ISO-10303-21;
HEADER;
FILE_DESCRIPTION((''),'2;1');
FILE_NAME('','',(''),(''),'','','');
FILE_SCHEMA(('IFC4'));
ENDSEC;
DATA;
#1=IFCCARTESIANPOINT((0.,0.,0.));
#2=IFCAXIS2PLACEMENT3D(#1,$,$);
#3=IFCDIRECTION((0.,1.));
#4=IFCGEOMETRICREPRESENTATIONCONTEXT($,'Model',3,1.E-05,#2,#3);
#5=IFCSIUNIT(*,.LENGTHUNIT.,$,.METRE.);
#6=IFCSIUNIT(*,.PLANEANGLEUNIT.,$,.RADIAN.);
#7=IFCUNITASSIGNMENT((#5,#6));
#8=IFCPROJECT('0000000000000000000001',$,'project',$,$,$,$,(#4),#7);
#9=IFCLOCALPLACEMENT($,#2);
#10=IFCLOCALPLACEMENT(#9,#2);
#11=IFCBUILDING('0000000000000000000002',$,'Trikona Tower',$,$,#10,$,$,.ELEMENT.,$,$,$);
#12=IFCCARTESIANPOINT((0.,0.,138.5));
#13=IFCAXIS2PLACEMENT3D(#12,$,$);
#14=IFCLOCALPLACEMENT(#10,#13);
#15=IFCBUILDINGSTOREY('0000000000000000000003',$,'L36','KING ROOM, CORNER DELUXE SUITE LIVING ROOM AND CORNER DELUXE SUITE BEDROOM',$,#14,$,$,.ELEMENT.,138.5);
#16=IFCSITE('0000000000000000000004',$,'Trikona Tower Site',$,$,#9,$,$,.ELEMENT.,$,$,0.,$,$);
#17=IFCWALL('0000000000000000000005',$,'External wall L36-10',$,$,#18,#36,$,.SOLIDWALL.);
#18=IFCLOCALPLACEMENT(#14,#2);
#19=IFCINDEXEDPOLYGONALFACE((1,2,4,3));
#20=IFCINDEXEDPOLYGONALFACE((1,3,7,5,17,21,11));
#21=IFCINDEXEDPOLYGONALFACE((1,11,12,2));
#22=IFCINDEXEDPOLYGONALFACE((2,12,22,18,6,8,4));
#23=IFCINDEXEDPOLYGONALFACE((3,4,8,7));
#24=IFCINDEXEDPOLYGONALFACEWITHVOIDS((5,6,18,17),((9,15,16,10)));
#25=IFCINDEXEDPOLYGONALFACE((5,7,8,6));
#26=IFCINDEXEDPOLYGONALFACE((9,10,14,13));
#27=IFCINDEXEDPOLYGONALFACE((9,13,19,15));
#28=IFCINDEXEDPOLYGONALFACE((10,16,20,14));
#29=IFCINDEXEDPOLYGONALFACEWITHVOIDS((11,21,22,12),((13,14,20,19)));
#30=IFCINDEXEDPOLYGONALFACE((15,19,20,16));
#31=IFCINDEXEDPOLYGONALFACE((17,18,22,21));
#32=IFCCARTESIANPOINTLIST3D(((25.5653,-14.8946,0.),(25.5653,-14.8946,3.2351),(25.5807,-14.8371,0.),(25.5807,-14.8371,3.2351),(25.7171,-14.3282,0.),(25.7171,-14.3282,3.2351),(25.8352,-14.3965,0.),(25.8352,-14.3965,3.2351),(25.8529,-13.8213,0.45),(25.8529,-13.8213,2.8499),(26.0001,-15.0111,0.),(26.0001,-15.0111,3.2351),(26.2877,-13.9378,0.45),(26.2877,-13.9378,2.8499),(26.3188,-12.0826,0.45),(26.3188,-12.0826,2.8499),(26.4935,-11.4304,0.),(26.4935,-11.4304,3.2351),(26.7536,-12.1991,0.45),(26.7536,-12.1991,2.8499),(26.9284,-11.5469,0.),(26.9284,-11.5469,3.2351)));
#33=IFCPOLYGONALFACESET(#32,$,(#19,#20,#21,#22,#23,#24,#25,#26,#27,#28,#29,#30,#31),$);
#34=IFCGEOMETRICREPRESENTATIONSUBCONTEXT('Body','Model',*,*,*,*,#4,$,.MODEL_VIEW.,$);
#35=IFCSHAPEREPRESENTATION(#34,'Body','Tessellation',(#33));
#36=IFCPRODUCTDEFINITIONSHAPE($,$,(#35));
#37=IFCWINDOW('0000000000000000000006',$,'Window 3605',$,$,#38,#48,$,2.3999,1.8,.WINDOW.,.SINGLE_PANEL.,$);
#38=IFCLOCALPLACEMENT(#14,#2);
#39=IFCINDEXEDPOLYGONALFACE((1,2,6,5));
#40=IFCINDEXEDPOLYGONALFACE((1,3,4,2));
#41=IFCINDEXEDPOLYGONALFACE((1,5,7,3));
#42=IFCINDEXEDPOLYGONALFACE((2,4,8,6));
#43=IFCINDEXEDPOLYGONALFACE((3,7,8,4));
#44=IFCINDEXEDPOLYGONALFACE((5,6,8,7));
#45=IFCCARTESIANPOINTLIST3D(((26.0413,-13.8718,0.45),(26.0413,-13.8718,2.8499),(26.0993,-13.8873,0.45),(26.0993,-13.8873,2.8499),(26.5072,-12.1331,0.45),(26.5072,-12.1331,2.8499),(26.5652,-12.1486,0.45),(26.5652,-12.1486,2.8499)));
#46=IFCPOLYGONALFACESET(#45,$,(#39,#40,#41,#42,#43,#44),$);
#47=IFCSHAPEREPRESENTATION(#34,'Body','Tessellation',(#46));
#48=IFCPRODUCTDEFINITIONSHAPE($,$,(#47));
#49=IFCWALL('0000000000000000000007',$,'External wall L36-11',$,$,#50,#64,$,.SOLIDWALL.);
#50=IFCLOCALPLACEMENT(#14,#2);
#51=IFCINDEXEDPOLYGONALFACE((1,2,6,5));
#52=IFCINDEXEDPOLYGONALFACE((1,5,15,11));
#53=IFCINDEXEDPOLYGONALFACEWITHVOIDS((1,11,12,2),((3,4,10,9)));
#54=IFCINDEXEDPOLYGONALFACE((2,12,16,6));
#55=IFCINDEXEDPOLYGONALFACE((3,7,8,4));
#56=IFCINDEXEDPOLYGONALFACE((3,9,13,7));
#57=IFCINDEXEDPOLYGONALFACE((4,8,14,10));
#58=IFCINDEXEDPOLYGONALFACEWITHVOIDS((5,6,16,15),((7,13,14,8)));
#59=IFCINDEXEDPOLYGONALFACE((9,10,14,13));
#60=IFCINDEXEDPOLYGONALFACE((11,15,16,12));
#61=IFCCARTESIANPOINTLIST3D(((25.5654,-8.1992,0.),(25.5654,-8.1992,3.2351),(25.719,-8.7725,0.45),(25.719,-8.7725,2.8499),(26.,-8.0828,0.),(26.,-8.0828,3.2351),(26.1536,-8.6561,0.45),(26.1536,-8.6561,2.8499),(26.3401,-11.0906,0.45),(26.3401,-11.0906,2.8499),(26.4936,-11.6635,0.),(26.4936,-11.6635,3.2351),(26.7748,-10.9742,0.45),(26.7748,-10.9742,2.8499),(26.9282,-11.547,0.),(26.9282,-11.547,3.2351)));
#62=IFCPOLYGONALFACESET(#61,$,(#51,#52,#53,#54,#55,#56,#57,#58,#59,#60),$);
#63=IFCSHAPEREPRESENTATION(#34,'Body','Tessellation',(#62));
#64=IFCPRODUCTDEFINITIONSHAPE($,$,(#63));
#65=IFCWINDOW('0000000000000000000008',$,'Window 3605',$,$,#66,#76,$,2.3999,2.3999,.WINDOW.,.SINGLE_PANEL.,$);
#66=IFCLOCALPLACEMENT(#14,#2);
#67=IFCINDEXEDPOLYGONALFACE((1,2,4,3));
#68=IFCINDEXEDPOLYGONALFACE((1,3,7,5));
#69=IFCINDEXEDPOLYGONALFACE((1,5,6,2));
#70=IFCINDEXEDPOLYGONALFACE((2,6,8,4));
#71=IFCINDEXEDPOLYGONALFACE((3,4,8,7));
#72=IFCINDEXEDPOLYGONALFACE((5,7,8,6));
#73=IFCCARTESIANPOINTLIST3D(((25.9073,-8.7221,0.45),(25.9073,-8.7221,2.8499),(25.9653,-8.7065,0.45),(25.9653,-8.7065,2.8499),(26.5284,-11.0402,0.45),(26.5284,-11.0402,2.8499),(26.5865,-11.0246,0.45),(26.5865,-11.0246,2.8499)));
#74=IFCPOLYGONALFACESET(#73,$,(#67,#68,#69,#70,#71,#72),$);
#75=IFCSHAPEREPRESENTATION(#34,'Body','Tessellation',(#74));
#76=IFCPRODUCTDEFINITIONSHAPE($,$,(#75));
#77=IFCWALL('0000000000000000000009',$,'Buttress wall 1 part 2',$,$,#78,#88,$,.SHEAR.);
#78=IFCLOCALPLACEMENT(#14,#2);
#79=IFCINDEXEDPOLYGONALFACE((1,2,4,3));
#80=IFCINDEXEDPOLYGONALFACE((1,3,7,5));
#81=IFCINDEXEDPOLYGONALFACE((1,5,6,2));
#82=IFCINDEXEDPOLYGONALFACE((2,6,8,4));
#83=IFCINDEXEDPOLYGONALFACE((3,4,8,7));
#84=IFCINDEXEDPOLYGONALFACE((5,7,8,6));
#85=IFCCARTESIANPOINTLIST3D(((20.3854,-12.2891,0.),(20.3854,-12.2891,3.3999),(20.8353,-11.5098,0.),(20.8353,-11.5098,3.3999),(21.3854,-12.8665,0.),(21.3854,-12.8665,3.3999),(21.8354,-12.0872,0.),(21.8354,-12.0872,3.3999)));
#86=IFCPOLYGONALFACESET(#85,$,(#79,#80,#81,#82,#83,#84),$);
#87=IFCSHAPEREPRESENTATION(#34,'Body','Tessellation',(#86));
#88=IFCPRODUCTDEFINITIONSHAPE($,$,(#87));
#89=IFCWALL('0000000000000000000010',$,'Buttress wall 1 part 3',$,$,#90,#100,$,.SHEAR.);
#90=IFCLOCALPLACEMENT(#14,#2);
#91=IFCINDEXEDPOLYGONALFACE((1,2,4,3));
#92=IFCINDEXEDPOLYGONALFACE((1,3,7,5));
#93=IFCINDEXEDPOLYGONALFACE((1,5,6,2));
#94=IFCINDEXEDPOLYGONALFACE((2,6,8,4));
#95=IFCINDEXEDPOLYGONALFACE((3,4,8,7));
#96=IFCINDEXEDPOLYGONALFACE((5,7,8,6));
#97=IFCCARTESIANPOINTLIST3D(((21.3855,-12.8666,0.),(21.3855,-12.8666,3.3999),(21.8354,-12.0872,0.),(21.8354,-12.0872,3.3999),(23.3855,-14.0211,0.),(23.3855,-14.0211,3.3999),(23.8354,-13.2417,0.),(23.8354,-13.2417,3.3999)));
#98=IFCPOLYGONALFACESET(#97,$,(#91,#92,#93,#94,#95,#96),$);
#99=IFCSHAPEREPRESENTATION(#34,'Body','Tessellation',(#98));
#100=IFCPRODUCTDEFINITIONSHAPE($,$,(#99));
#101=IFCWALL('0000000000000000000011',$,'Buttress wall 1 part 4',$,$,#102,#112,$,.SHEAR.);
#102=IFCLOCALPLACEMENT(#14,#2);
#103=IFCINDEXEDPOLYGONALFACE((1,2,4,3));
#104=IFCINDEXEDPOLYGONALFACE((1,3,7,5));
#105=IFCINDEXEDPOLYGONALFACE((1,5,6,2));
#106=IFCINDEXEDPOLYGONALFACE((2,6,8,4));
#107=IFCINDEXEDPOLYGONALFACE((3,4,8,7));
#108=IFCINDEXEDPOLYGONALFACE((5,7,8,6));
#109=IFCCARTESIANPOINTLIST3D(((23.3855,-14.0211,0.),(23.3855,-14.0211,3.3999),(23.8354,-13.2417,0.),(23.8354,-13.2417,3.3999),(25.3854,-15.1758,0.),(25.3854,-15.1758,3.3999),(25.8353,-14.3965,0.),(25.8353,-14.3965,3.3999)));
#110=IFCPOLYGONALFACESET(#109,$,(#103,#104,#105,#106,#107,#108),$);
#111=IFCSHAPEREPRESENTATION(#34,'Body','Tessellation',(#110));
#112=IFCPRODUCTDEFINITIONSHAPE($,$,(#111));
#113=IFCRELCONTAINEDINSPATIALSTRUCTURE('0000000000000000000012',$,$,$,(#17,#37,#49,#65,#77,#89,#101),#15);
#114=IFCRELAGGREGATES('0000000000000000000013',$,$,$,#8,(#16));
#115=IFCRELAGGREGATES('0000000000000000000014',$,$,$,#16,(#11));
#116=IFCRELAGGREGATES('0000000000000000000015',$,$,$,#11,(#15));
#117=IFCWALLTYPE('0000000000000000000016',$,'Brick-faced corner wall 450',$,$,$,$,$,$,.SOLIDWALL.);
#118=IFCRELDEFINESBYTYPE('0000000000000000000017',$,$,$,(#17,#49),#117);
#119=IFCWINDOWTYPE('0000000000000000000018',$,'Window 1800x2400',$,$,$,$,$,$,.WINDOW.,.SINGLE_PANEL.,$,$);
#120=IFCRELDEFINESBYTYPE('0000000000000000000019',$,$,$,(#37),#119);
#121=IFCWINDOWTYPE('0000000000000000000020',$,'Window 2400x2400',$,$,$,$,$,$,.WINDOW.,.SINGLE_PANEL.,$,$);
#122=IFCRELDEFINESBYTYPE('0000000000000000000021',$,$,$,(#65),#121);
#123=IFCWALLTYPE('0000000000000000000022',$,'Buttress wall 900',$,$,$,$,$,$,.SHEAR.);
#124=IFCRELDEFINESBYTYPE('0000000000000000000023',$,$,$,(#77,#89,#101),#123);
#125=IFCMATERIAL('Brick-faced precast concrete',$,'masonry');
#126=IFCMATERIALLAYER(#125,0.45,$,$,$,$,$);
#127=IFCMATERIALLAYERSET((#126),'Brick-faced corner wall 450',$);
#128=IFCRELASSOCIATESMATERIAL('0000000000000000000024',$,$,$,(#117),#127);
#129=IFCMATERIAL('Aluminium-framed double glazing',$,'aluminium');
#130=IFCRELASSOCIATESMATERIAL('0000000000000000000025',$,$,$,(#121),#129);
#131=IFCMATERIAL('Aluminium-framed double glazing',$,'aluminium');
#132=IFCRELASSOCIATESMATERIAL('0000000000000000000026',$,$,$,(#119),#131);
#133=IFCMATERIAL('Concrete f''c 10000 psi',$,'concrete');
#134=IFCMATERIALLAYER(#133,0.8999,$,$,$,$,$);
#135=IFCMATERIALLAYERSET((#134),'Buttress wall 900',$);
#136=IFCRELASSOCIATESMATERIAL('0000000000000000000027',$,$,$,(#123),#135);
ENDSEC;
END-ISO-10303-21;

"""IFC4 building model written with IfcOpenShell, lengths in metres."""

from ifc_helpers import new_model, si_unit, direction, frame, frame_2d, origin, place, context, subcontext, project, spatial, polyline, rectangle, outline, extrude, material, layer, layer_set, type_object, element, fill, save


model = new_model("IFC4")

# Units and contexts
model_context = context("Model", 3, precision=1e-05, world=origin(), true_north=direction((0.0, 1.0)))
body_context = subcontext(model_context, "Body", "Model", "MODEL_VIEW")
ifc_project = project(units=[si_unit("LENGTHUNIT", "METRE"), si_unit("PLANEANGLEUNIT", "RADIAN")], contexts=[model_context])

# Site, building, storey
site_placement = place(None, origin())
site = spatial("IfcSite", under=ifc_project, at=site_placement, Name="Trikona Tower Site", CompositionType="ELEMENT", RefElevation=0.0)
building_placement = place(site_placement, origin())
building = spatial("IfcBuilding", under=site, at=building_placement, Name="Trikona Tower", CompositionType="ELEMENT")
storey_placement = place(building_placement, frame((0.0, 0.0, 138.5)))
storey = spatial("IfcBuildingStorey", under=building, at=storey_placement, Name="L36", Description="KING ROOM, CORNER DELUXE SUITE LIVING ROOM AND CORNER DELUXE SUITE BEDROOM", CompositionType="ELEMENT", Elevation=138.5)

# Walls, openings, windows
ifc_material_1 = material(Name="Brick-faced precast concrete", Category="masonry")
ifc_layer_1 = layer(ifc_material_1, 0.45)
ifc_layer_set_1 = layer_set([ifc_layer_1], Name="Brick-faced corner wall 450")
wall_type_1 = type_object("IfcWallType", Name="Brick-faced corner wall 450", PredefinedType="SOLIDWALL", material=ifc_layer_set_1)
ifc_material_2 = material(Name="Aluminium-framed double glazing", Category="aluminium")
window_type_1 = type_object("IfcWindowType", Name="Window 2400x2400", PartitioningType="SINGLE_PANEL", PredefinedType="WINDOW", material=ifc_material_2)
ifc_material_3 = material(Name="Aluminium-framed double glazing", Category="aluminium")
window_type_2 = type_object("IfcWindowType", Name="Window 1800x2400", PartitioningType="SINGLE_PANEL", PredefinedType="WINDOW", material=ifc_material_3)
wall_1_placement = place(storey_placement, frame((25.7827, -14.9529, 0.0), z_axis=(0.0, 0.0, 1.0), x_axis=(0.258823, 0.965925, 0.0)))
wall_1 = element("IfcWall", 1, at=wall_1_placement, inside=storey, type_object=wall_type_1, Name="External wall L36-10", PredefinedType="SOLIDWALL", context=body_context, shape_type="SweptSolid", body=[
    extrude(outline(polyline([(3.5864, 0.2251), (0.5864, 0.2251), (0.551, 0.0933), (0.0596, 0.2251), (0.0, 0.2251), (0.0, -0.2251), (3.5864, -0.2251), (3.5864, 0.2251)])), origin(), (0.0, 0.0, 1.0), 3.2351),
])
opening_1_placement = place(wall_1_placement, frame((1.1113, 0.0, 0.45)))
opening_1 = element("IfcOpeningElement", 2, at=opening_1_placement, cuts=wall_1, PredefinedType="OPENING", context=body_context, shape_type="SweptSolid", body=[
    extrude(rectangle(XDim=1.8, YDim=2.3999, at=frame_2d((0.8999, 1.2))), frame((0.0, 0.2349, 0.0), z_axis=(0.0, -1.0, 0.0), x_axis=(1.0, 0.0, 0.0)), (0.0, 0.0, 1.0), 0.47),
])
window_1_placement = place(opening_1_placement, origin())
window_1 = element("IfcWindow", 3, at=window_1_placement, inside=storey, type_object=window_type_2, Name="Window 3605", OverallHeight=2.3999, OverallWidth=1.8, PartitioningType="SINGLE_PANEL", PredefinedType="WINDOW", context=body_context, shape_type="SweptSolid", body=[
    extrude(rectangle(XDim=1.8, YDim=2.3999, at=frame_2d((0.8999, 1.2))), frame((0.0, 0.03, 0.0), z_axis=(0.0, -1.0, 0.0), x_axis=(1.0, 0.0, 0.0)), (0.0, 0.0, 1.0), 0.0601),
])
fill(opening_1, window_1)
wall_2_placement = place(storey_placement, frame((26.7109, -11.6052, 0.0), z_axis=(0.0, 0.0, 1.0), x_axis=(-0.258823, 0.965925, 0.0)))
wall_2 = element("IfcWall", 4, at=wall_2_placement, inside=storey, type_object=wall_type_1, Name="External wall L36-11", PredefinedType="SOLIDWALL", context=body_context, shape_type="SweptSolid", body=[
    extrude(rectangle(XDim=3.5864, YDim=0.45, at=frame_2d((1.7932, 0.0))), origin(), (0.0, 0.0, 1.0), 3.2351),
])
opening_2_placement = place(wall_2_placement, frame((0.593, 0.0, 0.45)))
opening_2 = element("IfcOpeningElement", 5, at=opening_2_placement, cuts=wall_2, PredefinedType="OPENING", context=body_context, shape_type="SweptSolid", body=[
    extrude(rectangle(XDim=2.3999, YDim=2.3999, at=frame_2d((1.2, 1.2))), frame((0.0, 0.2349, 0.0), z_axis=(0.0, -1.0, 0.0), x_axis=(1.0, 0.0, 0.0)), (0.0, 0.0, 1.0), 0.47),
])
window_2_placement = place(opening_2_placement, origin())
window_2 = element("IfcWindow", 6, at=window_2_placement, inside=storey, type_object=window_type_1, Name="Window 3605", OverallHeight=2.3999, OverallWidth=2.3999, PartitioningType="SINGLE_PANEL", PredefinedType="WINDOW", context=body_context, shape_type="SweptSolid", body=[
    extrude(rectangle(XDim=2.3999, YDim=2.3999, at=frame_2d((1.2, 1.2))), frame((0.0, 0.03, 0.0), z_axis=(0.0, -1.0, 0.0), x_axis=(1.0, 0.0, 0.0)), (0.0, 0.0, 1.0), 0.0601),
])
fill(opening_2, window_2)

# Walls
ifc_material_4 = material(Name="Concrete f'c 10000 psi", Category="concrete")
ifc_layer_2 = layer(ifc_material_4, 0.8999)
ifc_layer_set_2 = layer_set([ifc_layer_2], Name="Buttress wall 900")
wall_type_2 = type_object("IfcWallType", Name="Buttress wall 900", PredefinedType="SHEAR", material=ifc_layer_set_2)
wall_3_placement = place(storey_placement, frame((20.6104, -11.8994, 0.0), z_axis=(0.0, 0.0, 1.0), x_axis=(0.86601, -0.500027, 0.0)))
element("IfcWall", 7, at=wall_3_placement, inside=storey, type_object=wall_type_2, Name="Buttress wall 1 part 2", PredefinedType="SHEAR", context=body_context, shape_type="SweptSolid", body=[
    extrude(rectangle(XDim=1.1548, YDim=0.8999, at=frame_2d((0.5774, 0.0))), origin(), (0.0, 0.0, 1.0), 3.3999),
])
for number, where, z_axis, x_axis, name in (
    (8, (21.6104, -12.4768, 0.0), (0.0, 0.0, 1.0), (0.866055, -0.499948, 0.0), "Buttress wall 1 part 3"),
    (9, (23.6104, -13.6313, 0.0), (0.0, 0.0, 1.0), (0.86601, -0.500027, 0.0), "Buttress wall 1 part 4"),
):
    element("IfcWall", number, at=place(storey_placement, frame(where, z_axis=z_axis, x_axis=x_axis)), inside=storey, type_object=wall_type_2, Name=name, PredefinedType="SHEAR", context=body_context, shape_type="SweptSolid", body=[
        extrude(rectangle(XDim=2.3093, YDim=0.8999, at=frame_2d((1.1548, 0.0))), origin(), (0.0, 0.0, 1.0), 3.3999),
    ])

save(model, "model.ifc")
